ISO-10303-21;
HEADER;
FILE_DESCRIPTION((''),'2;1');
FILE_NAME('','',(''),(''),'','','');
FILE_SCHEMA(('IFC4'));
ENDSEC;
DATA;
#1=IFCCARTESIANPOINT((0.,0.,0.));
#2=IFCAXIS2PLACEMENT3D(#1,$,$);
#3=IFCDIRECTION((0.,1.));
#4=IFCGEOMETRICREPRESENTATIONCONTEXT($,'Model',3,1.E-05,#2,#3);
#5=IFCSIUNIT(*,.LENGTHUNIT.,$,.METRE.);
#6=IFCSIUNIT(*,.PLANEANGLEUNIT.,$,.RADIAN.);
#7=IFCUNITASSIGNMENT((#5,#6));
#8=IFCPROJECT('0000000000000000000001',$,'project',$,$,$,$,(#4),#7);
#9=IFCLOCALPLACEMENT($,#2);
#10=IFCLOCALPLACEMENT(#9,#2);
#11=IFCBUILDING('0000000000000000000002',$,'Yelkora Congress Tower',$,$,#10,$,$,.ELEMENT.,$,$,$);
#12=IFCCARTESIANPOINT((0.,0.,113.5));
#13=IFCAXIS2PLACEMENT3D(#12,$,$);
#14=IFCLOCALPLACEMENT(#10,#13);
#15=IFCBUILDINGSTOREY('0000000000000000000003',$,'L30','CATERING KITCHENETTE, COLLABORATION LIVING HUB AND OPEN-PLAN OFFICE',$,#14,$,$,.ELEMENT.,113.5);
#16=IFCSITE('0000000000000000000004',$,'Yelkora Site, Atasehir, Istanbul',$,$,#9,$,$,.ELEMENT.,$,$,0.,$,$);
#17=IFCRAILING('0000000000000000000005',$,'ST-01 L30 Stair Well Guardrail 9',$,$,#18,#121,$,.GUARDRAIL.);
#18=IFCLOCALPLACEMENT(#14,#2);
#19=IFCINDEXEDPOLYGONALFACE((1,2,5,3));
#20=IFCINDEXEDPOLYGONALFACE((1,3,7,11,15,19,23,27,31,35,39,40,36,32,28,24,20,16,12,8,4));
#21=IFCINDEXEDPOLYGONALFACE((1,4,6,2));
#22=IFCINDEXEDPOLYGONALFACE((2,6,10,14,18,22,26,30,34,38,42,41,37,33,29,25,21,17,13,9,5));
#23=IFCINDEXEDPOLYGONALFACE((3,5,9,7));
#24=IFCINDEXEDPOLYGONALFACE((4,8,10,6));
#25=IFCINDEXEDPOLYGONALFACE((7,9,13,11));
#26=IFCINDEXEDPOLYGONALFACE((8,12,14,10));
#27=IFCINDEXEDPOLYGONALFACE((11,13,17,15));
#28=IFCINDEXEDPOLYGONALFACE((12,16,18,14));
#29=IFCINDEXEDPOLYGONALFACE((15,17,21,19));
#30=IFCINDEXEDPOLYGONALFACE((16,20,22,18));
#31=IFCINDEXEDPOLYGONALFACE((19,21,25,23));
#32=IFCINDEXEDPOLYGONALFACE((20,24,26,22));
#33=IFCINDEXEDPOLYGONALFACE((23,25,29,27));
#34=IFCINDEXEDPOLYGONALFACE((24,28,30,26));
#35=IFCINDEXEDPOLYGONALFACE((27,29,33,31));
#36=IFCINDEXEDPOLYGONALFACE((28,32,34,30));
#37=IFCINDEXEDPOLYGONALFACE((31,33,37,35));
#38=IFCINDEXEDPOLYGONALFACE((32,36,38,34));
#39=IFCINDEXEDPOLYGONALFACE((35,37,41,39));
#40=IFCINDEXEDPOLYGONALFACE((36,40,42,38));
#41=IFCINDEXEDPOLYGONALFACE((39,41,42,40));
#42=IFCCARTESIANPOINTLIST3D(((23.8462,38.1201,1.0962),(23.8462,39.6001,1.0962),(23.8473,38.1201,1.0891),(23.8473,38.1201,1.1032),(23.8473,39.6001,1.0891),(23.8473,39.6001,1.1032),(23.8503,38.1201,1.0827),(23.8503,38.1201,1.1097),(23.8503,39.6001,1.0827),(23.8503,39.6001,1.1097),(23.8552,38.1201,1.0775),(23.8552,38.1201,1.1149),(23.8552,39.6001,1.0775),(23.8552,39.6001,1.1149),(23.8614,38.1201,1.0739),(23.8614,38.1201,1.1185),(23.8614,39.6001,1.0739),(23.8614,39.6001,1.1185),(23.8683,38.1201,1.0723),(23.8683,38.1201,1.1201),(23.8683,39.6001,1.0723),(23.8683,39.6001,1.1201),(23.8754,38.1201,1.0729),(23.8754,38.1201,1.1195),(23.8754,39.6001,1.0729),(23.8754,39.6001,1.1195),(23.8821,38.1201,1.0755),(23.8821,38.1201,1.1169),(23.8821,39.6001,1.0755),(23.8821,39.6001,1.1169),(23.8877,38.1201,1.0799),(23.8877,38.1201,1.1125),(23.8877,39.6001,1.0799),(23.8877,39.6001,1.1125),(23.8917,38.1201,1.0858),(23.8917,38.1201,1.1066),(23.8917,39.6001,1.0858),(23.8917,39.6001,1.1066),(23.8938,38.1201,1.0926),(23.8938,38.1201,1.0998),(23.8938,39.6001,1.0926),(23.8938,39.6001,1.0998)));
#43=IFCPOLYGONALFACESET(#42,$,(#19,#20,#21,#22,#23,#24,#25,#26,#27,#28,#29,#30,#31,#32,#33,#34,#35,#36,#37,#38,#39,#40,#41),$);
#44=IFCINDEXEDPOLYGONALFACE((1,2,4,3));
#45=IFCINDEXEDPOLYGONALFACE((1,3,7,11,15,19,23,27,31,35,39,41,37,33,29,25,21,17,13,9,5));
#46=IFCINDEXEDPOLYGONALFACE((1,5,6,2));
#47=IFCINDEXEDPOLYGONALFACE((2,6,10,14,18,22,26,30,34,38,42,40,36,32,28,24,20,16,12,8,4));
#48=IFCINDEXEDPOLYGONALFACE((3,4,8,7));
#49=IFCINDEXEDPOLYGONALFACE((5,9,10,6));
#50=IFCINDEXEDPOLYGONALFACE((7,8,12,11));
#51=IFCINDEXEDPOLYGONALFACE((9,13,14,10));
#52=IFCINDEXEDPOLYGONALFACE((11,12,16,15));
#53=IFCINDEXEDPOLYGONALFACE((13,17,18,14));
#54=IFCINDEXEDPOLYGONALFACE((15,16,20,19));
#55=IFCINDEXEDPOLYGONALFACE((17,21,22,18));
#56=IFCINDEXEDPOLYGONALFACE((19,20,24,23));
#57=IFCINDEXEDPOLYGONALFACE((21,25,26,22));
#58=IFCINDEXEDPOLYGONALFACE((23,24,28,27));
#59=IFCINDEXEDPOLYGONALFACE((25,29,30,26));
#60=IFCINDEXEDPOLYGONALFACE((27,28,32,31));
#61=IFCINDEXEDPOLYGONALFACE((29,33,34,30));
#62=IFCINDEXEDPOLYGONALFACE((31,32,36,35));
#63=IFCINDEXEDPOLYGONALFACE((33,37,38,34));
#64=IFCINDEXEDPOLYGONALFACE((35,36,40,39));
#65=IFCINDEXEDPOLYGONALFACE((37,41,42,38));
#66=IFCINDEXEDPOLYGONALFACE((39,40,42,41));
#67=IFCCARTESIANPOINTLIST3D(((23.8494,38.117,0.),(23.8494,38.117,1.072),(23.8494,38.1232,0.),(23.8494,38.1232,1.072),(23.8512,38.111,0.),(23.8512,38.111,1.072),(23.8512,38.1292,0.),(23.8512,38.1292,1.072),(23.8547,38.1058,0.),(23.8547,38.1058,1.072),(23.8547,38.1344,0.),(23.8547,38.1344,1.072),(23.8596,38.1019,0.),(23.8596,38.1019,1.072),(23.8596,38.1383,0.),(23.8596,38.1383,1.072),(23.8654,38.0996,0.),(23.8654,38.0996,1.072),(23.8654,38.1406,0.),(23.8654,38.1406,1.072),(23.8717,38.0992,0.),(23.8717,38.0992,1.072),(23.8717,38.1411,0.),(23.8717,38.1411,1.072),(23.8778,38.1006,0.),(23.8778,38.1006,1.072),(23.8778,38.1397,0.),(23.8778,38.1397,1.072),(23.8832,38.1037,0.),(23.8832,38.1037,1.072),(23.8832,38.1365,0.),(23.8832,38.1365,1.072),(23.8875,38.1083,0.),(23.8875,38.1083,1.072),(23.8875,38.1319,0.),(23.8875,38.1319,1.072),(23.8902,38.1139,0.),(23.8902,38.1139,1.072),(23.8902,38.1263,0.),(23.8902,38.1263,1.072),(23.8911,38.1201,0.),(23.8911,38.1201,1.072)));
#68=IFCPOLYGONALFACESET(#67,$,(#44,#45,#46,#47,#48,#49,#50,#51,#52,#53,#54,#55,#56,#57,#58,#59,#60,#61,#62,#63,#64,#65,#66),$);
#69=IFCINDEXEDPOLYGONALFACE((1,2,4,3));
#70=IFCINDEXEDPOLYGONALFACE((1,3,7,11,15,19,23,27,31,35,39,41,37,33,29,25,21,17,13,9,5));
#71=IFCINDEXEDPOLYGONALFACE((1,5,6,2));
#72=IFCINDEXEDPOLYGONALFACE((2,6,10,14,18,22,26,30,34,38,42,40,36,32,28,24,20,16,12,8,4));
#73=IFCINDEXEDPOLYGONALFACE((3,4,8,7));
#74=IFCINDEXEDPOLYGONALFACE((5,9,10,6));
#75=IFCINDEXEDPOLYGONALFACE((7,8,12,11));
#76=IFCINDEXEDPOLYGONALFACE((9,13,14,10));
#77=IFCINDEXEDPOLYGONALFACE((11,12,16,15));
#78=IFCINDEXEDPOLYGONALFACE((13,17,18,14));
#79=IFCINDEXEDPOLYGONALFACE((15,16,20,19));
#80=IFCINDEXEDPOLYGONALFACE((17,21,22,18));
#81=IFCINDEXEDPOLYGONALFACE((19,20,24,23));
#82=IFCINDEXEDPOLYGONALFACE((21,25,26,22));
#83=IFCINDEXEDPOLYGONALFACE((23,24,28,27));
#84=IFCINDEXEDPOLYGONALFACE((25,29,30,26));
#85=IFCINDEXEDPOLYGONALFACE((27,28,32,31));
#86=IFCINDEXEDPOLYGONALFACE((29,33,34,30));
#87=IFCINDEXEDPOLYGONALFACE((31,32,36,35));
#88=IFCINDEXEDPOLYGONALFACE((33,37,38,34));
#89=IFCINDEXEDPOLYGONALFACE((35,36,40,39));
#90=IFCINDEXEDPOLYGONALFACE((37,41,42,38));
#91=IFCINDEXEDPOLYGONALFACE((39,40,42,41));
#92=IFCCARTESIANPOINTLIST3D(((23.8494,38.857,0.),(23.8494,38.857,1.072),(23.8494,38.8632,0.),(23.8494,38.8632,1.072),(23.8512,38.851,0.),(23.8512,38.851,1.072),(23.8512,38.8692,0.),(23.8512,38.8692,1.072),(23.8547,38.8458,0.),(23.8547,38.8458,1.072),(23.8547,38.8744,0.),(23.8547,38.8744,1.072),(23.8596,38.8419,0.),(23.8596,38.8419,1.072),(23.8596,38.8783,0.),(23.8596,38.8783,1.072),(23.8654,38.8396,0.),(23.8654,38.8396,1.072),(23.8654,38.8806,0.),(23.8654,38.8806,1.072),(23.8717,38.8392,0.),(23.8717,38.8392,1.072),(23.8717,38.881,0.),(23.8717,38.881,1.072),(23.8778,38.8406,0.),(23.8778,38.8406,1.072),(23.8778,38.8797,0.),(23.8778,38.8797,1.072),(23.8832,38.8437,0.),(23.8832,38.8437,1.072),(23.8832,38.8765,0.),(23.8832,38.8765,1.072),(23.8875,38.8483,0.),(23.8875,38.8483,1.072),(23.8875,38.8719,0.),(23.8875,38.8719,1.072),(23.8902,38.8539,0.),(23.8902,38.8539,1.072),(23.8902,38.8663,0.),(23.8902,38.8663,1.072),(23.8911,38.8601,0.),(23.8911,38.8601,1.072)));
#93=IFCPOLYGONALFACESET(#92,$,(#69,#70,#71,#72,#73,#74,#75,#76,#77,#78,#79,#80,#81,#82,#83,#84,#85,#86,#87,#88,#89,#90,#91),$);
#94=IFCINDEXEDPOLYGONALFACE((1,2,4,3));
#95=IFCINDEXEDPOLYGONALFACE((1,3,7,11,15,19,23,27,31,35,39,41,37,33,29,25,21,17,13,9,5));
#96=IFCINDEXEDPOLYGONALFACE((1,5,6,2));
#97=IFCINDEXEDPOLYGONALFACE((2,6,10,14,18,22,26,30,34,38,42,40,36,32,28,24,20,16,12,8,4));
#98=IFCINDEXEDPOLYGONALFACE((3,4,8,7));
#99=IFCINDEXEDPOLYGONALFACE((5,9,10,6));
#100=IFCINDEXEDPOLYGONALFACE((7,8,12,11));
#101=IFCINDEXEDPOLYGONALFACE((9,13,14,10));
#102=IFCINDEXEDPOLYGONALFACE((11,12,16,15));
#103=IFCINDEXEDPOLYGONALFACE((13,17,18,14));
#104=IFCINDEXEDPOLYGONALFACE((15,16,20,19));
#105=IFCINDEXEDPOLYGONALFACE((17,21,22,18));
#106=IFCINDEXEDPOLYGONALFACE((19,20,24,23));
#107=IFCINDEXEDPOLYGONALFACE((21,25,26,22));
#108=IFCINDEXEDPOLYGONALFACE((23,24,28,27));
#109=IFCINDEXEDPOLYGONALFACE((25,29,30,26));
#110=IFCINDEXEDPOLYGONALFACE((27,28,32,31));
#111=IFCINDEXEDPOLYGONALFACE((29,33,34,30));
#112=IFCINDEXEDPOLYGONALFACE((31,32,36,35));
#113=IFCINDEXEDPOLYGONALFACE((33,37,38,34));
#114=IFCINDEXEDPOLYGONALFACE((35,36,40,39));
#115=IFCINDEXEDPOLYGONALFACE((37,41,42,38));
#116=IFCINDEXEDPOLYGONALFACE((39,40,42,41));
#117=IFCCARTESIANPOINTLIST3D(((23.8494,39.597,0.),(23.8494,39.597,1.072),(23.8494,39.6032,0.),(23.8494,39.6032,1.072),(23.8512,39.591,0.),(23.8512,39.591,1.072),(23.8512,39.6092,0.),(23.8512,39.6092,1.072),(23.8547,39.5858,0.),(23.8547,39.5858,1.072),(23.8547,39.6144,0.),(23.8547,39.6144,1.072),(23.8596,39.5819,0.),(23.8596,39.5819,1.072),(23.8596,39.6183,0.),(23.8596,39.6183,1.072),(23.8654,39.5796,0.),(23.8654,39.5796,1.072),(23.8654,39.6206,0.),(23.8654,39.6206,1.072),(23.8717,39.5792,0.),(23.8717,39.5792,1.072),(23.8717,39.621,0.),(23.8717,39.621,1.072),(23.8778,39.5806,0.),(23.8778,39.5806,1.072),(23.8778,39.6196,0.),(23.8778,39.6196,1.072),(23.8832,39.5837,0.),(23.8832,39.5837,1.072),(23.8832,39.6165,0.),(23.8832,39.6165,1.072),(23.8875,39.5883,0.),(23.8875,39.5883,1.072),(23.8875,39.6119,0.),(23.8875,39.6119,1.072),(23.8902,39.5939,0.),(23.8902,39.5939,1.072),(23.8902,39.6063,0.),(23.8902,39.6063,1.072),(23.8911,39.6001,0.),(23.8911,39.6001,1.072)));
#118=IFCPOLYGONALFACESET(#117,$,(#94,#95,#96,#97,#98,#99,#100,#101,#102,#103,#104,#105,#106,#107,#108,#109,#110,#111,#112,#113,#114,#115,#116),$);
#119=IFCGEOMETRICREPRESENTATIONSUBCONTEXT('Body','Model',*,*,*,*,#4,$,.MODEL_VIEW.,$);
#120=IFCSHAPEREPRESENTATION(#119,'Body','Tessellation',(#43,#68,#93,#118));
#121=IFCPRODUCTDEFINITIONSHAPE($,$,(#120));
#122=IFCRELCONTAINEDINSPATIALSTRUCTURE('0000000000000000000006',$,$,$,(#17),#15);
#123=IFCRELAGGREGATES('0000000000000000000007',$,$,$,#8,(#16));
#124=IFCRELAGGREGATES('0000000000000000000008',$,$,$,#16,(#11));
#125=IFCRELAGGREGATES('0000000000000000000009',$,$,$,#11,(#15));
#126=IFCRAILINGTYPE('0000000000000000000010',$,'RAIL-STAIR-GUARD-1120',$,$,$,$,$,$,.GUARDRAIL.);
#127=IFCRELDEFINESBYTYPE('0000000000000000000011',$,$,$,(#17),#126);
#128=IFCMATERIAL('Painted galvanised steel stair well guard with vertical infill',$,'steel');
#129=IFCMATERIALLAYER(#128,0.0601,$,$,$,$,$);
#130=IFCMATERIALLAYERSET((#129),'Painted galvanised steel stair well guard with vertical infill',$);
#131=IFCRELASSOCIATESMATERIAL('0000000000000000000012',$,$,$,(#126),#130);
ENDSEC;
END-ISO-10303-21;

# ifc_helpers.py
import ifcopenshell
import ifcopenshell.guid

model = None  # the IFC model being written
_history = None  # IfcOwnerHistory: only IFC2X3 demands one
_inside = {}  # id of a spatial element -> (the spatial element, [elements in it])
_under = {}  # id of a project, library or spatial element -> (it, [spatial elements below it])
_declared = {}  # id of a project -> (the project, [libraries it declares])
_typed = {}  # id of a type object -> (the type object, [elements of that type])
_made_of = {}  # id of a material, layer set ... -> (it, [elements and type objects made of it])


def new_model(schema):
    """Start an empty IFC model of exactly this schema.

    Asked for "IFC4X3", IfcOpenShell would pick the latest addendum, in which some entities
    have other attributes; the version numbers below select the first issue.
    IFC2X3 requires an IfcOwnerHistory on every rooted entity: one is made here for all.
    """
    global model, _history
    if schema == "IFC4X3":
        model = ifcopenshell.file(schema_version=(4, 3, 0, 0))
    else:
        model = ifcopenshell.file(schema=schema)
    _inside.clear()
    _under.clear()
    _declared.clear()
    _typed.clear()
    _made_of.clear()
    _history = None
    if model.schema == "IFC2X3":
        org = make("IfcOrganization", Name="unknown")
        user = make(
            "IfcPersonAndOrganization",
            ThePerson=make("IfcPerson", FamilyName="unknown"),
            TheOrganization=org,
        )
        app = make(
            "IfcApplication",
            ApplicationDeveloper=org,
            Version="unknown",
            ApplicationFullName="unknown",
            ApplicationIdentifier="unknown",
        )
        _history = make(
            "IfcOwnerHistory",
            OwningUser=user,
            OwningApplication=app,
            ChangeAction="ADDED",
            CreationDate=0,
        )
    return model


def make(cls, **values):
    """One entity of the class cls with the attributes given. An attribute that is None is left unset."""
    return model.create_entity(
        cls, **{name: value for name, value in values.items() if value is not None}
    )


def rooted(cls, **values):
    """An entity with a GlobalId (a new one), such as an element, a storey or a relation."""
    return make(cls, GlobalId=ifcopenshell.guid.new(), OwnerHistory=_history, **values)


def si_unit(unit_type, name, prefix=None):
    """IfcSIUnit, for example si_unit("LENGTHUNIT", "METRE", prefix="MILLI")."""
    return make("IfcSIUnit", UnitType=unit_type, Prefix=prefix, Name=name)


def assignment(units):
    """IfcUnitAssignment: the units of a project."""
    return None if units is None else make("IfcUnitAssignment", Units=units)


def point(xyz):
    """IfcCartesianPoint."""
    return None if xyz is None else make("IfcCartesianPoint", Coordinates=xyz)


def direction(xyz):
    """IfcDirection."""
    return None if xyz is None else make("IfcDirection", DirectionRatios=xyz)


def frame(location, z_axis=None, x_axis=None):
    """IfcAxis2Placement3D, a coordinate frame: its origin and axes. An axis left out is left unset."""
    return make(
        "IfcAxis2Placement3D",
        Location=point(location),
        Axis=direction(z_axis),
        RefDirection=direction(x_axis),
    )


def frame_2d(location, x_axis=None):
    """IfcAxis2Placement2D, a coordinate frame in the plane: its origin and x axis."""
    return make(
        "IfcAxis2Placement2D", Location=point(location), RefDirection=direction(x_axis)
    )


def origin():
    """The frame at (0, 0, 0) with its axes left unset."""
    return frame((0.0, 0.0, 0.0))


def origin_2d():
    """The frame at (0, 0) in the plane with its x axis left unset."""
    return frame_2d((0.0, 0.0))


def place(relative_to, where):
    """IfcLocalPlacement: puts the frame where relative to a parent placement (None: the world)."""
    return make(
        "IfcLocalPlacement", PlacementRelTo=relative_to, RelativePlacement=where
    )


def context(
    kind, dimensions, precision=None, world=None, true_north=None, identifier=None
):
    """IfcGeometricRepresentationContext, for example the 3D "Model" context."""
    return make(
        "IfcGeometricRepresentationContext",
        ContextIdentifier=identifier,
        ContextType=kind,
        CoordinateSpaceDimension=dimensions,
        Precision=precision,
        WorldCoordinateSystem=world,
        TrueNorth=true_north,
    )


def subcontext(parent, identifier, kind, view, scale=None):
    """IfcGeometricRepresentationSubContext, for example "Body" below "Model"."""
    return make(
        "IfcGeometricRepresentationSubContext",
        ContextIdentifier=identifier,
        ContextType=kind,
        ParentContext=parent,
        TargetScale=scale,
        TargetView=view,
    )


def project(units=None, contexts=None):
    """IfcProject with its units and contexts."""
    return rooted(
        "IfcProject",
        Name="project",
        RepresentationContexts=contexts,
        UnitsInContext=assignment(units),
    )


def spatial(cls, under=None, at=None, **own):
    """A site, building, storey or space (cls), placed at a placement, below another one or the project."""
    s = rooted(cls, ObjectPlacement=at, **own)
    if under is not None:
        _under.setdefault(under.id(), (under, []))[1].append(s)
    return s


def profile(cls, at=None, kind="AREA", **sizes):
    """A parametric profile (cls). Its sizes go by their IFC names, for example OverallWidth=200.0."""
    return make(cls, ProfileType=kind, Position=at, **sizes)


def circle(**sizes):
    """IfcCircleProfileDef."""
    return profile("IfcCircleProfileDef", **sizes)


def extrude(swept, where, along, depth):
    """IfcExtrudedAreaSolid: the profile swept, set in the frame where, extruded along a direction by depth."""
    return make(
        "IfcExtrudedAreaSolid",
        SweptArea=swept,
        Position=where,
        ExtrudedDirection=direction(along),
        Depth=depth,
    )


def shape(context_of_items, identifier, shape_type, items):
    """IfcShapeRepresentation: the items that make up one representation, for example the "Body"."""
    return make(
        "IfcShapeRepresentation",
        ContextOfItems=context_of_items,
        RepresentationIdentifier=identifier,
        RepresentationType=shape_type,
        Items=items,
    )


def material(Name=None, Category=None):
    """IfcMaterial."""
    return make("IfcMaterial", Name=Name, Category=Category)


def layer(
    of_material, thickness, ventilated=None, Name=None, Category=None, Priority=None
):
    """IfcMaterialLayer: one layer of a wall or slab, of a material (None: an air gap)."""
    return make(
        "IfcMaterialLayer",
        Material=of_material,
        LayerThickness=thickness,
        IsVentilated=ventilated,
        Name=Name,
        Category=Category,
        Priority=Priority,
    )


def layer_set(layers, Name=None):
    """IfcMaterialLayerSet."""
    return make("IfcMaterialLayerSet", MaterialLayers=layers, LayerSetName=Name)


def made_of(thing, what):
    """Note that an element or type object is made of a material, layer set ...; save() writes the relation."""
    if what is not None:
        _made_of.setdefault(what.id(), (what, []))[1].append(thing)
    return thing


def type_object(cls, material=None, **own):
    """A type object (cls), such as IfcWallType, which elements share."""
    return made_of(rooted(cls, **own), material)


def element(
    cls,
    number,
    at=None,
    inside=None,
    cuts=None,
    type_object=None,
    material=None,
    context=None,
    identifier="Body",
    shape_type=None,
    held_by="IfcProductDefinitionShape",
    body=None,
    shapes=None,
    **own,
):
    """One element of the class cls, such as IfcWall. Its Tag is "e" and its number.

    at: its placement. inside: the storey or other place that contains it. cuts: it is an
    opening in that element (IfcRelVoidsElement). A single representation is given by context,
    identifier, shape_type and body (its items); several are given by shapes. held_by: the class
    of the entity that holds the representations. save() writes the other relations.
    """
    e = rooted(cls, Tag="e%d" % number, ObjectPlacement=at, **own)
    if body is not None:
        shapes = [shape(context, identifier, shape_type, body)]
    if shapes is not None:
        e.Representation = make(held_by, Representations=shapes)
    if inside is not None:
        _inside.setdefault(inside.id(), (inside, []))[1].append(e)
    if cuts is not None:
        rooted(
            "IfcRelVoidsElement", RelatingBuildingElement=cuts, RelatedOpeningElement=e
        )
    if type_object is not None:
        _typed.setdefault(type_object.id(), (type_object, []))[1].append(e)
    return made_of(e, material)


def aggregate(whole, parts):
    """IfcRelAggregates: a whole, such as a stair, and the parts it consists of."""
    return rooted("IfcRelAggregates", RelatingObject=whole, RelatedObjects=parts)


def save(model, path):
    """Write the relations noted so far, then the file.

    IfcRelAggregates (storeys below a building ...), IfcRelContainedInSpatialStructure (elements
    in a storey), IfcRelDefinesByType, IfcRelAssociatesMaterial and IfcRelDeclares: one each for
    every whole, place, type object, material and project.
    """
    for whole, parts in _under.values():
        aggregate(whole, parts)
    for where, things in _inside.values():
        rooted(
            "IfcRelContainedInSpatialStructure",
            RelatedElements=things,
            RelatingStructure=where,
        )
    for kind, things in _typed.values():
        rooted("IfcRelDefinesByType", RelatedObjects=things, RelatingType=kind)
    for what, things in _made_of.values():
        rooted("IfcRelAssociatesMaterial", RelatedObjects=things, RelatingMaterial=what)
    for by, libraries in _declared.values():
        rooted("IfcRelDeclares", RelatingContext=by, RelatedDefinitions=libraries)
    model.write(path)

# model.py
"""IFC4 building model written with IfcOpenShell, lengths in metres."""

from ifc_helpers import new_model, si_unit, direction, frame, origin, origin_2d, place, context, subcontext, project, spatial, circle, extrude, material, layer, layer_set, type_object, element, save


model = new_model("IFC4")

# Units and contexts
model_context = context("Model", 3, precision=1e-05, world=origin(), true_north=direction((0.0, 1.0)))
body_context = subcontext(model_context, "Body", "Model", "MODEL_VIEW")
ifc_project = project(units=[si_unit("LENGTHUNIT", "METRE"), si_unit("PLANEANGLEUNIT", "RADIAN")], contexts=[model_context])

# Site, building, storey
site_placement = place(None, origin())
site = spatial("IfcSite", under=ifc_project, at=site_placement, Name="Yelkora Site, Atasehir, Istanbul", CompositionType="ELEMENT", RefElevation=0.0)
building_placement = place(site_placement, origin())
building = spatial("IfcBuilding", under=site, at=building_placement, Name="Yelkora Congress Tower", CompositionType="ELEMENT")
storey_placement = place(building_placement, frame((0.0, 0.0, 113.5)))
storey = spatial("IfcBuildingStorey", under=building, at=storey_placement, Name="L30", Description="CATERING KITCHENETTE, COLLABORATION LIVING HUB AND OPEN-PLAN OFFICE", CompositionType="ELEMENT", Elevation=113.5)

# Railing
ifc_material_1 = material(Name="Painted galvanised steel stair well guard with vertical infill", Category="steel")
ifc_layer_1 = layer(ifc_material_1, 0.0601)
ifc_layer_set_1 = layer_set([ifc_layer_1], Name="Painted galvanised steel stair well guard with vertical infill")
railing_type_1 = type_object("IfcRailingType", Name="RAIL-STAIR-GUARD-1120", PredefinedType="GUARDRAIL", material=ifc_layer_set_1)
railing_1_placement = place(storey_placement, frame((23.8701, 38.1201, 0.0)))
element("IfcRailing", 1, at=railing_1_placement, inside=storey, type_object=railing_type_1, Name="ST-01 L30 Stair Well Guardrail 9", PredefinedType="GUARDRAIL", context=body_context, shape_type="SweptSolid", body=[
    extrude(circle(Radius=0.0239, at=origin_2d()), frame((0.0, 0.0, 1.0962), z_axis=(0.0, 1.0, 0.0), x_axis=(-1.0, 0.0, 0.0)), (0.0, 0.0, 1.0), 1.48),
    extrude(circle(Radius=0.021, at=origin_2d()), origin(), (0.0, 0.0, 1.0), 1.072),
    extrude(circle(Radius=0.021, at=origin_2d()), frame((0.0, 0.74, 0.0)), (0.0, 0.0, 1.0), 1.072),
    extrude(circle(Radius=0.021, at=origin_2d()), frame((0.0, 1.48, 0.0)), (0.0, 0.0, 1.0), 1.072),
])

save(model, "model.ifc")
